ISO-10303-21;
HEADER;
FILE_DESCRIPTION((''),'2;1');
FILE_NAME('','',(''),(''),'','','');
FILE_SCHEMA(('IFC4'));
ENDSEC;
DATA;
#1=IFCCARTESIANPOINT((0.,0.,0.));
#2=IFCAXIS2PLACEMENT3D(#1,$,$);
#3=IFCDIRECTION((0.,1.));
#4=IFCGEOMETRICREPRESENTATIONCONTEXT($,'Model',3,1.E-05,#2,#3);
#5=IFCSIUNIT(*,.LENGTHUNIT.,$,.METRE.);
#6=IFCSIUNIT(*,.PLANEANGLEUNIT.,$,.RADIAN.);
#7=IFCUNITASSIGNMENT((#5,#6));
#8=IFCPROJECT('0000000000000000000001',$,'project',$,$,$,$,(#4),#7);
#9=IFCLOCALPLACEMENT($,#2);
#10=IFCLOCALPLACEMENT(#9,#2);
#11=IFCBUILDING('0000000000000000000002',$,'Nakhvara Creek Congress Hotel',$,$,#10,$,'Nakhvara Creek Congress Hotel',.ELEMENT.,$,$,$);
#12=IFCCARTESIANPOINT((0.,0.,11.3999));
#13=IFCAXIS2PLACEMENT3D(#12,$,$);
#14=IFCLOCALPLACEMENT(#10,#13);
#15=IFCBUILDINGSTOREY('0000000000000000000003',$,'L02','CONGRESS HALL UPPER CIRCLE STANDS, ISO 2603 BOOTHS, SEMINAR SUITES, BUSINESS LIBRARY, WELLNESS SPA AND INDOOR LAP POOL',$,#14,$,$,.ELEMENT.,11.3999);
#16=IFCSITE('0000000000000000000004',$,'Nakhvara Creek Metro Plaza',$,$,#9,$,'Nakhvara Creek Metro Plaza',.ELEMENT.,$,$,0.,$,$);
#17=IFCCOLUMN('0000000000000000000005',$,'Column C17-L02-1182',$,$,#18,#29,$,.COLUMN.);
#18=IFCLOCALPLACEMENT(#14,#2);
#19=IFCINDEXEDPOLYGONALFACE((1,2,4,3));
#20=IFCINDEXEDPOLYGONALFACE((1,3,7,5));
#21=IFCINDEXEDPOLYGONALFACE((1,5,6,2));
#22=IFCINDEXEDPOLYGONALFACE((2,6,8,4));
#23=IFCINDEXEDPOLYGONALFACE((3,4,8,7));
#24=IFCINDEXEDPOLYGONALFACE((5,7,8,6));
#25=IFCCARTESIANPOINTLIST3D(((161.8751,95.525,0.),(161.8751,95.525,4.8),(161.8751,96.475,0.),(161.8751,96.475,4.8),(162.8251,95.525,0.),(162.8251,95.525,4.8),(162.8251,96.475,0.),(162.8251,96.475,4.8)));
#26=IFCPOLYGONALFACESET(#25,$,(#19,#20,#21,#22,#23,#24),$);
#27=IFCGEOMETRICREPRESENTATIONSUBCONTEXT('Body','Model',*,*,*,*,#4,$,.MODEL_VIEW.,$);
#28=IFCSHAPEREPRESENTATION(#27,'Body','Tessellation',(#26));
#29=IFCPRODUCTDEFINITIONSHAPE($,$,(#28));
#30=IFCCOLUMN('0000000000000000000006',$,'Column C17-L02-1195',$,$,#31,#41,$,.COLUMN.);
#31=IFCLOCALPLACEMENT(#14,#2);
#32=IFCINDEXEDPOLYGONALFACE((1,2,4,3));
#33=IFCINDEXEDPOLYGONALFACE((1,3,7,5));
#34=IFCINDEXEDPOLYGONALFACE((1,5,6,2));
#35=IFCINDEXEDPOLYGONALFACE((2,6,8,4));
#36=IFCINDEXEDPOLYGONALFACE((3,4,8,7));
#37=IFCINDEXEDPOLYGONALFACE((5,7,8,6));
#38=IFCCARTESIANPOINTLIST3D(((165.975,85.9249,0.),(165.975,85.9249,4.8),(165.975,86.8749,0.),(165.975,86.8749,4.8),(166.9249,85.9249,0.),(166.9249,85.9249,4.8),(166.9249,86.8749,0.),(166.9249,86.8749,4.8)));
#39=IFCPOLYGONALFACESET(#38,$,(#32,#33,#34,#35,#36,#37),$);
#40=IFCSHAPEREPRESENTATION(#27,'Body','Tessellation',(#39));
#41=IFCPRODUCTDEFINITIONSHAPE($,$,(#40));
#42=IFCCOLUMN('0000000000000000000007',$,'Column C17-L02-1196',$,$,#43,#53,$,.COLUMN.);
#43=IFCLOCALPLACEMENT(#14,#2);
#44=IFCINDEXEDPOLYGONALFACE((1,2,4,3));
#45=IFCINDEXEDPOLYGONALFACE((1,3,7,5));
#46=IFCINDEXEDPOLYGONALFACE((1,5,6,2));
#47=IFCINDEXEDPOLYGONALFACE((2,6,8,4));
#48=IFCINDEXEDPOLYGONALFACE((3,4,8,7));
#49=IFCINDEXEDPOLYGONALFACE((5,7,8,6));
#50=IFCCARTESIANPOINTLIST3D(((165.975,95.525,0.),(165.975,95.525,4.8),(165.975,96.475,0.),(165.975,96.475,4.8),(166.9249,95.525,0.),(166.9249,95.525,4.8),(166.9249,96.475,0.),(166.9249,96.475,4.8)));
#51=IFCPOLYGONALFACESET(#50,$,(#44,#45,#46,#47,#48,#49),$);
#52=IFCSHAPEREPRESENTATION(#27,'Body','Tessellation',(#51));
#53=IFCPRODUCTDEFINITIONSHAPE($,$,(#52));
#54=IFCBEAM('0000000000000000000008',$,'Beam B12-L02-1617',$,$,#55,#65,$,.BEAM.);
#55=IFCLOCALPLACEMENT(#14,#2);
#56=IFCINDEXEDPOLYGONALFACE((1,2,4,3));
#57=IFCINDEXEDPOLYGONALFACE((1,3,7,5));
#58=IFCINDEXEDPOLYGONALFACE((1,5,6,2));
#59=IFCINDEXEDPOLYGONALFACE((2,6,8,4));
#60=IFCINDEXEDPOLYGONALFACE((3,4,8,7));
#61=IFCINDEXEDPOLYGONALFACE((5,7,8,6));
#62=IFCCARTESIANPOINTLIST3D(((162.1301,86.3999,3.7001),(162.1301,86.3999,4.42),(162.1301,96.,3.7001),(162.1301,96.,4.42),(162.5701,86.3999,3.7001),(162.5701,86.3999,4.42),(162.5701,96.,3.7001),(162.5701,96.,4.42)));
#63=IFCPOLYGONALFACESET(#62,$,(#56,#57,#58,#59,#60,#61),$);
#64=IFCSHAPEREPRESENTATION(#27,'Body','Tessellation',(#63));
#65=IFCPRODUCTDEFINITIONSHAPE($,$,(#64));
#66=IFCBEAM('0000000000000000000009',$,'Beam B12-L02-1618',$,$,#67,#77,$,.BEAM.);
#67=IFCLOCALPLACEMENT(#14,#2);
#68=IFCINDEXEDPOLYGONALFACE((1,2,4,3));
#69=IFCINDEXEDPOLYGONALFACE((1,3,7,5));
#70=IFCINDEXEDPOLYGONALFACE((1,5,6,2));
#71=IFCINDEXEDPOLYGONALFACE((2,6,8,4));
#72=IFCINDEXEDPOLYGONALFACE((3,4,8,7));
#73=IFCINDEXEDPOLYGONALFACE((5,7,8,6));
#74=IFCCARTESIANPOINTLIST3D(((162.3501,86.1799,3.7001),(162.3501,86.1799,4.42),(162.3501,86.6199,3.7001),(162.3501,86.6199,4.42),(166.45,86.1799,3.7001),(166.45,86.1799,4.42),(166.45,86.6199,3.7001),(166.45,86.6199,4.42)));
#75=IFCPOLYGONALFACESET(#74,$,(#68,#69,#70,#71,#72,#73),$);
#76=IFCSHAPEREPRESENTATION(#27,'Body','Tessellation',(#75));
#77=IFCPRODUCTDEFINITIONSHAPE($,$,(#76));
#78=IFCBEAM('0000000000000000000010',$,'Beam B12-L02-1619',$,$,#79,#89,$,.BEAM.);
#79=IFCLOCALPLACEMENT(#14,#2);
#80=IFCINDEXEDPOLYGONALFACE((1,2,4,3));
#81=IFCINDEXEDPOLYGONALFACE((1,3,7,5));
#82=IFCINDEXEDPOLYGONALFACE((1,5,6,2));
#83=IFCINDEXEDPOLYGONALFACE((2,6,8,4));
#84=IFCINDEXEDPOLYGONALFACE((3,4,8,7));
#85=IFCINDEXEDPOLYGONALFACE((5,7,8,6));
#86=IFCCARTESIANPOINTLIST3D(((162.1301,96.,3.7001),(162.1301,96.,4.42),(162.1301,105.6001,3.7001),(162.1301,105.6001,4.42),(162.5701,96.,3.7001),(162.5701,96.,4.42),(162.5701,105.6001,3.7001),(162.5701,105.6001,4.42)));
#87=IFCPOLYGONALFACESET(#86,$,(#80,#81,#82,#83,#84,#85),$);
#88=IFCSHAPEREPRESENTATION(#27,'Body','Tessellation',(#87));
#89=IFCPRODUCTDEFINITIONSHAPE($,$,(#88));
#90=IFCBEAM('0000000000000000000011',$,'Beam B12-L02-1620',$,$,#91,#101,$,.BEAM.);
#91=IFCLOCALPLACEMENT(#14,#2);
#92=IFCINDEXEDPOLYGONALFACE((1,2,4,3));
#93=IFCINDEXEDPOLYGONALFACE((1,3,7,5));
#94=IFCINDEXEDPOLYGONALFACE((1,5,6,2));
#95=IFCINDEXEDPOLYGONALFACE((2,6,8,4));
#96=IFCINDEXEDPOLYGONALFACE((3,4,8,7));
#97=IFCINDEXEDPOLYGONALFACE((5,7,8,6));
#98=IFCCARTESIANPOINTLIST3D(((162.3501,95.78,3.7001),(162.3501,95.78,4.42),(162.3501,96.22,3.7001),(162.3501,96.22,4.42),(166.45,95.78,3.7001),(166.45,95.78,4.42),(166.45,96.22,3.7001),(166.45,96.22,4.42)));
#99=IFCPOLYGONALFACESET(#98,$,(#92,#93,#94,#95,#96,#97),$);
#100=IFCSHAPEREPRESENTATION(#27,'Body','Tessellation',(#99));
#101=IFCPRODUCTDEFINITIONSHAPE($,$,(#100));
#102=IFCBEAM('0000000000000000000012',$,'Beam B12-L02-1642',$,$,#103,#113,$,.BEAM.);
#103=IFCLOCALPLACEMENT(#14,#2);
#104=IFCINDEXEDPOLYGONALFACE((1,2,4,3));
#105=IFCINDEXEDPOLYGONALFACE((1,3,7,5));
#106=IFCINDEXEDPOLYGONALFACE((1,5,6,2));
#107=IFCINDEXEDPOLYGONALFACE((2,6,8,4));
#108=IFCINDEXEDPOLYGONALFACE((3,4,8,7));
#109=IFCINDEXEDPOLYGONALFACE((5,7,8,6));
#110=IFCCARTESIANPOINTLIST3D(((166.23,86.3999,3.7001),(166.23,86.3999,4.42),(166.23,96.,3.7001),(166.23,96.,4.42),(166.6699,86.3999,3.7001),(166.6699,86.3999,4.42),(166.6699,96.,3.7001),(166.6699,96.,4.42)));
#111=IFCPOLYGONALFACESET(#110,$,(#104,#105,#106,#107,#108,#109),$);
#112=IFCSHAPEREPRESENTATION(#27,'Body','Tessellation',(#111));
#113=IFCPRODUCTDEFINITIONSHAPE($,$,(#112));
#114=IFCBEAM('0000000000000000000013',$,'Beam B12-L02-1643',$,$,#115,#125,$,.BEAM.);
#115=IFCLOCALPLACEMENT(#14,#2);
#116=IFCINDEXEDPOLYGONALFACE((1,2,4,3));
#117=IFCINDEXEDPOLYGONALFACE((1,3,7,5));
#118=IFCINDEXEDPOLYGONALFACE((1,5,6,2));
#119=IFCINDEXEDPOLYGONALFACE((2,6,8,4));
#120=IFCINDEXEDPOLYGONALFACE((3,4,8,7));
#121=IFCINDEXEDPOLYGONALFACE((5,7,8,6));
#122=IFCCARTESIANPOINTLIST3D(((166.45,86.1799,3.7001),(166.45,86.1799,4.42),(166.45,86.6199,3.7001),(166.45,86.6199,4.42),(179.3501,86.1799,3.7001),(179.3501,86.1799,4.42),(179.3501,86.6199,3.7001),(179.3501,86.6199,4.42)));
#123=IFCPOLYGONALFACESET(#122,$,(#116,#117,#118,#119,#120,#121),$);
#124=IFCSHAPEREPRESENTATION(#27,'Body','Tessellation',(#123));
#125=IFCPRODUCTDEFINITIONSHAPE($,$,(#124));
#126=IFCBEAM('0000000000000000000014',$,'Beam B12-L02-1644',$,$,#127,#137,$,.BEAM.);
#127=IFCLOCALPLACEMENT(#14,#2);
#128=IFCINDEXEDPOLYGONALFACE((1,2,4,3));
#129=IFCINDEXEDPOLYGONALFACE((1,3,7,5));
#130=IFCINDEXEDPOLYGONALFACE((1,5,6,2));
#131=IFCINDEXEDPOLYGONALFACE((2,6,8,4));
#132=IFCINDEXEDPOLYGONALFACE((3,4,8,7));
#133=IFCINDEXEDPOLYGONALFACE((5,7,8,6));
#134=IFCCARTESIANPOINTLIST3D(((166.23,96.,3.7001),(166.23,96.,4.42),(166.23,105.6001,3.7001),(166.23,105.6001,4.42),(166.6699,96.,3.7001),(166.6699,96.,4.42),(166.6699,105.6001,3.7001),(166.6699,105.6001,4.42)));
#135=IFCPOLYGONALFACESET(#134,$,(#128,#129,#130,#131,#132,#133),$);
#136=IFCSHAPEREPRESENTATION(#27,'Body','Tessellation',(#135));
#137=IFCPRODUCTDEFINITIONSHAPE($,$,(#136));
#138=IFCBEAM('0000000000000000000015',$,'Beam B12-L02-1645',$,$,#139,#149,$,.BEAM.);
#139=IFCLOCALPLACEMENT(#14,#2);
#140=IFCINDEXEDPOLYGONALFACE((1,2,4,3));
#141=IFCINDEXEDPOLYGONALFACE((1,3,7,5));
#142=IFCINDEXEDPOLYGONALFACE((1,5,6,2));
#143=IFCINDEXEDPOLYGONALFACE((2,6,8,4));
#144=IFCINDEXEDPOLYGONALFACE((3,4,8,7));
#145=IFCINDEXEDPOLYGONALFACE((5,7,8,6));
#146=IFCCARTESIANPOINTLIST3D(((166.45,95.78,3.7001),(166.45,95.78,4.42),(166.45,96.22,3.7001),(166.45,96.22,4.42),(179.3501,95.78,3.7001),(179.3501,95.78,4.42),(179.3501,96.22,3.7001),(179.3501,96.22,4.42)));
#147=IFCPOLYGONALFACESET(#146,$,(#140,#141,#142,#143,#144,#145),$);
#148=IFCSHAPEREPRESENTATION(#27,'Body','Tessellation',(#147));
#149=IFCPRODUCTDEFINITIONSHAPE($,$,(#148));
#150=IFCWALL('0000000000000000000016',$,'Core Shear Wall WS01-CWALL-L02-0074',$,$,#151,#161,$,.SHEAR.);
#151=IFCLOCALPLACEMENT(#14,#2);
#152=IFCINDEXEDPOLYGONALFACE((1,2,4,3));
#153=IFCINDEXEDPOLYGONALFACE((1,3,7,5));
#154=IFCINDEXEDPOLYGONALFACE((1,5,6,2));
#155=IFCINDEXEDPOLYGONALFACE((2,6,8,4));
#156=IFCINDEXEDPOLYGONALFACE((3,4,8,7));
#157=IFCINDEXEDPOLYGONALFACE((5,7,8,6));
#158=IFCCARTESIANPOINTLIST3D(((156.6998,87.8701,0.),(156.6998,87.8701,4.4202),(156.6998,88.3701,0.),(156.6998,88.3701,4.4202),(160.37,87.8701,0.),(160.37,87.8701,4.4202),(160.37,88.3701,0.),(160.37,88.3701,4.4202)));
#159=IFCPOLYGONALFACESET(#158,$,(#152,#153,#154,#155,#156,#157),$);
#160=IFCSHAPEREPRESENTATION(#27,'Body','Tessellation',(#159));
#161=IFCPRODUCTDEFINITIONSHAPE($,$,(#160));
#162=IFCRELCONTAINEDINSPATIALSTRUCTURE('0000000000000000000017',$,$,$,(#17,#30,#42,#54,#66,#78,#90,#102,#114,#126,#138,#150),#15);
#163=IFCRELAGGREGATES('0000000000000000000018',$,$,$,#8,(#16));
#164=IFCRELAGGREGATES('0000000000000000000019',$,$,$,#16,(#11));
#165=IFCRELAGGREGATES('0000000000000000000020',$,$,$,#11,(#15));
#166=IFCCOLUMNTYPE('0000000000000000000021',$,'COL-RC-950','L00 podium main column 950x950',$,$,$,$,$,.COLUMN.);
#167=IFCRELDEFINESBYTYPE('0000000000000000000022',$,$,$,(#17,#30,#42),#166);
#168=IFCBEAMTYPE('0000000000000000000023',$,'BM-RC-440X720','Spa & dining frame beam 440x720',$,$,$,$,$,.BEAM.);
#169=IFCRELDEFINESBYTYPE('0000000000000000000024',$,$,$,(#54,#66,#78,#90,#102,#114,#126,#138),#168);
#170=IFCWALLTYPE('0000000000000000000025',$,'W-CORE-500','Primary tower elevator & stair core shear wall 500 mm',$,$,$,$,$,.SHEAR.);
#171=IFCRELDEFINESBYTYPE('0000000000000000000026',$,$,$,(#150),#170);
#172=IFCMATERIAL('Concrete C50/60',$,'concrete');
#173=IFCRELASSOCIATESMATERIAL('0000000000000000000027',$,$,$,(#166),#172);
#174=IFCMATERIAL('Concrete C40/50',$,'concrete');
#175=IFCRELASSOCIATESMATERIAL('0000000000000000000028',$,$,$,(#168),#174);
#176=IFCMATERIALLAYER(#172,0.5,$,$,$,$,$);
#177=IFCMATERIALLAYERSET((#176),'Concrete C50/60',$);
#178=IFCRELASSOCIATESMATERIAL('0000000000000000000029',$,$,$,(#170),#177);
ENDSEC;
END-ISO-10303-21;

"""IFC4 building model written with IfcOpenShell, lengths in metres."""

from ifc_helpers import new_model, si_unit, direction, frame, frame_2d, origin, origin_2d, place, context, subcontext, project, spatial, rectangle, extrude, material, layer, layer_set, material_profile, profile_set, type_object, element, save


model = new_model("IFC4")

# Units and contexts
model_context = context("Model", 3, precision=1e-05, world=origin(), true_north=direction((0.0, 1.0)))
body_context = subcontext(model_context, "Body", "Model", "MODEL_VIEW")
ifc_project = project(units=[si_unit("LENGTHUNIT", "METRE"), si_unit("PLANEANGLEUNIT", "RADIAN")], contexts=[model_context])

# Site, building, storey
site_placement = place(None, origin())
site = spatial("IfcSite", under=ifc_project, at=site_placement, Name="Nakhvara Creek Metro Plaza", LongName="Nakhvara Creek Metro Plaza", CompositionType="ELEMENT", RefElevation=0.0)
building_placement = place(site_placement, origin())
building = spatial("IfcBuilding", under=site, at=building_placement, Name="Nakhvara Creek Congress Hotel", LongName="Nakhvara Creek Congress Hotel", CompositionType="ELEMENT")
storey_placement = place(building_placement, frame((0.0, 0.0, 11.3999)))
storey = spatial("IfcBuildingStorey", under=building, at=storey_placement, Name="L02", Description="CONGRESS HALL UPPER CIRCLE STANDS, ISO 2603 BOOTHS, SEMINAR SUITES, BUSINESS LIBRARY, WELLNESS SPA AND INDOOR LAP POOL", CompositionType="ELEMENT", Elevation=11.3999)

# Columns
ifc_material_1 = material(Name="Concrete C50/60", Category="concrete")
ifc_material_profile_1 = material_profile(ifc_material_1, rectangle(XDim=0.95, YDim=0.95, at=origin_2d()), Name="RC-COL 950x950", Category="LoadBearing")
ifc_profile_set_1 = profile_set([ifc_material_profile_1], Name="Concrete C50/60")
column_type = type_object("IfcColumnType", Name="COL-RC-950", Description="L00 podium main column 950x950", PredefinedType="COLUMN", material=ifc_profile_set_1)
for number, where, z_axis, x_axis, name in (
    (1, (162.3501, 96.0, 0.0), (0.0, 0.0, 1.0), (1.0, 0.0, 0.0), "Column C17-L02-1182"),
    (2, (166.45, 86.3999, 0.0), (0.0, 0.0, 1.0), (1.0, 0.0, 0.0), "Column C17-L02-1195"),
    (3, (166.45, 96.0, 0.0), (0.0, 0.0, 1.0), (1.0, 0.0, 0.0), "Column C17-L02-1196"),
):
    element("IfcColumn", number, at=place(storey_placement, frame(where, z_axis=z_axis, x_axis=x_axis)), inside=storey, type_object=column_type, Name=name, PredefinedType="COLUMN", context=body_context, shape_type="SweptSolid", body=[
        extrude(rectangle(XDim=0.95, YDim=0.95, at=origin_2d()), origin(), (0.0, 0.0, 1.0), 4.8),
    ])

# Beams
ifc_material_2 = material(Name="Concrete C40/50", Category="concrete")
ifc_material_profile_2 = material_profile(ifc_material_2, rectangle(XDim=0.4399, YDim=0.72, at=origin_2d()), Name="RC-BM 440x720", Category="LoadBearing")
ifc_profile_set_2 = profile_set([ifc_material_profile_2], Name="Concrete C40/50")
beam_type = type_object("IfcBeamType", Name="BM-RC-440X720", Description="Spa & dining frame beam 440x720", PredefinedType="BEAM", material=ifc_profile_set_2)
beam_1_placement = place(storey_placement, frame((162.3501, 86.3999, 4.0601), z_axis=(0.0, 1.0, 0.0), x_axis=(-1.0, 0.0, 0.0)))
element("IfcBeam", 4, at=beam_1_placement, inside=storey, type_object=beam_type, Name="Beam B12-L02-1617", PredefinedType="BEAM", context=body_context, shape_type="SweptSolid", body=[
    extrude(rectangle(XDim=0.4399, YDim=0.72, at=origin_2d()), origin(), (0.0, 0.0, 1.0), 9.6001),
])
beam_2_placement = place(storey_placement, frame((162.3501, 86.3999, 4.0601), z_axis=(1.0, 0.0, 0.0), x_axis=(0.0, 1.0, 0.0)))
element("IfcBeam", 5, at=beam_2_placement, inside=storey, type_object=beam_type, Name="Beam B12-L02-1618", PredefinedType="BEAM", context=body_context, shape_type="SweptSolid", body=[
    extrude(rectangle(XDim=0.4399, YDim=0.72, at=origin_2d()), origin(), (0.0, 0.0, 1.0), 4.0999),
])
beam_3_placement = place(storey_placement, frame((162.3501, 96.0, 4.0601), z_axis=(0.0, 1.0, 0.0), x_axis=(-1.0, 0.0, 0.0)))
element("IfcBeam", 6, at=beam_3_placement, inside=storey, type_object=beam_type, Name="Beam B12-L02-1619", PredefinedType="BEAM", context=body_context, shape_type="SweptSolid", body=[
    extrude(rectangle(XDim=0.4399, YDim=0.72, at=origin_2d()), origin(), (0.0, 0.0, 1.0), 9.6001),
])
beam_4_placement = place(storey_placement, frame((162.3501, 96.0, 4.0601), z_axis=(1.0, 0.0, 0.0), x_axis=(0.0, 1.0, 0.0)))
element("IfcBeam", 7, at=beam_4_placement, inside=storey, type_object=beam_type, Name="Beam B12-L02-1620", PredefinedType="BEAM", context=body_context, shape_type="SweptSolid", body=[
    extrude(rectangle(XDim=0.4399, YDim=0.72, at=origin_2d()), origin(), (0.0, 0.0, 1.0), 4.0999),
])
beam_5_placement = place(storey_placement, frame((166.45, 86.3999, 4.0601), z_axis=(0.0, 1.0, 0.0), x_axis=(-1.0, 0.0, 0.0)))
element("IfcBeam", 8, at=beam_5_placement, inside=storey, type_object=beam_type, Name="Beam B12-L02-1642", PredefinedType="BEAM", context=body_context, shape_type="SweptSolid", body=[
    extrude(rectangle(XDim=0.4399, YDim=0.72, at=origin_2d()), origin(), (0.0, 0.0, 1.0), 9.6001),
])
beam_6_placement = place(storey_placement, frame((166.45, 86.3999, 4.0601), z_axis=(1.0, 0.0, 0.0), x_axis=(0.0, 1.0, 0.0)))
element("IfcBeam", 9, at=beam_6_placement, inside=storey, type_object=beam_type, Name="Beam B12-L02-1643", PredefinedType="BEAM", context=body_context, shape_type="SweptSolid", body=[
    extrude(rectangle(XDim=0.4399, YDim=0.72, at=origin_2d()), origin(), (0.0, 0.0, 1.0), 12.9001),
])
beam_7_placement = place(storey_placement, frame((166.45, 96.0, 4.0601), z_axis=(0.0, 1.0, 0.0), x_axis=(-1.0, 0.0, 0.0)))
element("IfcBeam", 10, at=beam_7_placement, inside=storey, type_object=beam_type, Name="Beam B12-L02-1644", PredefinedType="BEAM", context=body_context, shape_type="SweptSolid", body=[
    extrude(rectangle(XDim=0.4399, YDim=0.72, at=origin_2d()), origin(), (0.0, 0.0, 1.0), 9.6001),
])
beam_8_placement = place(storey_placement, frame((166.45, 96.0, 4.0601), z_axis=(1.0, 0.0, 0.0), x_axis=(0.0, 1.0, 0.0)))
element("IfcBeam", 11, at=beam_8_placement, inside=storey, type_object=beam_type, Name="Beam B12-L02-1645", PredefinedType="BEAM", context=body_context, shape_type="SweptSolid", body=[
    extrude(rectangle(XDim=0.4399, YDim=0.72, at=origin_2d()), origin(), (0.0, 0.0, 1.0), 12.9001),
])

# Wall
ifc_layer_1 = layer(ifc_material_1, 0.5)
ifc_layer_set_1 = layer_set([ifc_layer_1], Name="Concrete C50/60")
wall_type_1 = type_object("IfcWallType", Name="W-CORE-500", Description="Primary tower elevator & stair core shear wall 500 mm", PredefinedType="SHEAR", material=ifc_layer_set_1)
wall_1_placement = place(storey_placement, frame((156.7, 88.1201, 0.0), z_axis=(0.0, 0.0, 1.0), x_axis=(1.0, 0.0, 0.0)))
element("IfcWall", 12, at=wall_1_placement, inside=storey, type_object=wall_type_1, Name="Core Shear Wall WS01-CWALL-L02-0074", PredefinedType="SHEAR", context=body_context, shape_type="SweptSolid", body=[
    extrude(rectangle(XDim=3.6702, YDim=0.5, at=frame_2d((1.835, 0.0))), origin(), (0.0, 0.0, 1.0), 4.4202),
])

save(model, "model.ifc")
